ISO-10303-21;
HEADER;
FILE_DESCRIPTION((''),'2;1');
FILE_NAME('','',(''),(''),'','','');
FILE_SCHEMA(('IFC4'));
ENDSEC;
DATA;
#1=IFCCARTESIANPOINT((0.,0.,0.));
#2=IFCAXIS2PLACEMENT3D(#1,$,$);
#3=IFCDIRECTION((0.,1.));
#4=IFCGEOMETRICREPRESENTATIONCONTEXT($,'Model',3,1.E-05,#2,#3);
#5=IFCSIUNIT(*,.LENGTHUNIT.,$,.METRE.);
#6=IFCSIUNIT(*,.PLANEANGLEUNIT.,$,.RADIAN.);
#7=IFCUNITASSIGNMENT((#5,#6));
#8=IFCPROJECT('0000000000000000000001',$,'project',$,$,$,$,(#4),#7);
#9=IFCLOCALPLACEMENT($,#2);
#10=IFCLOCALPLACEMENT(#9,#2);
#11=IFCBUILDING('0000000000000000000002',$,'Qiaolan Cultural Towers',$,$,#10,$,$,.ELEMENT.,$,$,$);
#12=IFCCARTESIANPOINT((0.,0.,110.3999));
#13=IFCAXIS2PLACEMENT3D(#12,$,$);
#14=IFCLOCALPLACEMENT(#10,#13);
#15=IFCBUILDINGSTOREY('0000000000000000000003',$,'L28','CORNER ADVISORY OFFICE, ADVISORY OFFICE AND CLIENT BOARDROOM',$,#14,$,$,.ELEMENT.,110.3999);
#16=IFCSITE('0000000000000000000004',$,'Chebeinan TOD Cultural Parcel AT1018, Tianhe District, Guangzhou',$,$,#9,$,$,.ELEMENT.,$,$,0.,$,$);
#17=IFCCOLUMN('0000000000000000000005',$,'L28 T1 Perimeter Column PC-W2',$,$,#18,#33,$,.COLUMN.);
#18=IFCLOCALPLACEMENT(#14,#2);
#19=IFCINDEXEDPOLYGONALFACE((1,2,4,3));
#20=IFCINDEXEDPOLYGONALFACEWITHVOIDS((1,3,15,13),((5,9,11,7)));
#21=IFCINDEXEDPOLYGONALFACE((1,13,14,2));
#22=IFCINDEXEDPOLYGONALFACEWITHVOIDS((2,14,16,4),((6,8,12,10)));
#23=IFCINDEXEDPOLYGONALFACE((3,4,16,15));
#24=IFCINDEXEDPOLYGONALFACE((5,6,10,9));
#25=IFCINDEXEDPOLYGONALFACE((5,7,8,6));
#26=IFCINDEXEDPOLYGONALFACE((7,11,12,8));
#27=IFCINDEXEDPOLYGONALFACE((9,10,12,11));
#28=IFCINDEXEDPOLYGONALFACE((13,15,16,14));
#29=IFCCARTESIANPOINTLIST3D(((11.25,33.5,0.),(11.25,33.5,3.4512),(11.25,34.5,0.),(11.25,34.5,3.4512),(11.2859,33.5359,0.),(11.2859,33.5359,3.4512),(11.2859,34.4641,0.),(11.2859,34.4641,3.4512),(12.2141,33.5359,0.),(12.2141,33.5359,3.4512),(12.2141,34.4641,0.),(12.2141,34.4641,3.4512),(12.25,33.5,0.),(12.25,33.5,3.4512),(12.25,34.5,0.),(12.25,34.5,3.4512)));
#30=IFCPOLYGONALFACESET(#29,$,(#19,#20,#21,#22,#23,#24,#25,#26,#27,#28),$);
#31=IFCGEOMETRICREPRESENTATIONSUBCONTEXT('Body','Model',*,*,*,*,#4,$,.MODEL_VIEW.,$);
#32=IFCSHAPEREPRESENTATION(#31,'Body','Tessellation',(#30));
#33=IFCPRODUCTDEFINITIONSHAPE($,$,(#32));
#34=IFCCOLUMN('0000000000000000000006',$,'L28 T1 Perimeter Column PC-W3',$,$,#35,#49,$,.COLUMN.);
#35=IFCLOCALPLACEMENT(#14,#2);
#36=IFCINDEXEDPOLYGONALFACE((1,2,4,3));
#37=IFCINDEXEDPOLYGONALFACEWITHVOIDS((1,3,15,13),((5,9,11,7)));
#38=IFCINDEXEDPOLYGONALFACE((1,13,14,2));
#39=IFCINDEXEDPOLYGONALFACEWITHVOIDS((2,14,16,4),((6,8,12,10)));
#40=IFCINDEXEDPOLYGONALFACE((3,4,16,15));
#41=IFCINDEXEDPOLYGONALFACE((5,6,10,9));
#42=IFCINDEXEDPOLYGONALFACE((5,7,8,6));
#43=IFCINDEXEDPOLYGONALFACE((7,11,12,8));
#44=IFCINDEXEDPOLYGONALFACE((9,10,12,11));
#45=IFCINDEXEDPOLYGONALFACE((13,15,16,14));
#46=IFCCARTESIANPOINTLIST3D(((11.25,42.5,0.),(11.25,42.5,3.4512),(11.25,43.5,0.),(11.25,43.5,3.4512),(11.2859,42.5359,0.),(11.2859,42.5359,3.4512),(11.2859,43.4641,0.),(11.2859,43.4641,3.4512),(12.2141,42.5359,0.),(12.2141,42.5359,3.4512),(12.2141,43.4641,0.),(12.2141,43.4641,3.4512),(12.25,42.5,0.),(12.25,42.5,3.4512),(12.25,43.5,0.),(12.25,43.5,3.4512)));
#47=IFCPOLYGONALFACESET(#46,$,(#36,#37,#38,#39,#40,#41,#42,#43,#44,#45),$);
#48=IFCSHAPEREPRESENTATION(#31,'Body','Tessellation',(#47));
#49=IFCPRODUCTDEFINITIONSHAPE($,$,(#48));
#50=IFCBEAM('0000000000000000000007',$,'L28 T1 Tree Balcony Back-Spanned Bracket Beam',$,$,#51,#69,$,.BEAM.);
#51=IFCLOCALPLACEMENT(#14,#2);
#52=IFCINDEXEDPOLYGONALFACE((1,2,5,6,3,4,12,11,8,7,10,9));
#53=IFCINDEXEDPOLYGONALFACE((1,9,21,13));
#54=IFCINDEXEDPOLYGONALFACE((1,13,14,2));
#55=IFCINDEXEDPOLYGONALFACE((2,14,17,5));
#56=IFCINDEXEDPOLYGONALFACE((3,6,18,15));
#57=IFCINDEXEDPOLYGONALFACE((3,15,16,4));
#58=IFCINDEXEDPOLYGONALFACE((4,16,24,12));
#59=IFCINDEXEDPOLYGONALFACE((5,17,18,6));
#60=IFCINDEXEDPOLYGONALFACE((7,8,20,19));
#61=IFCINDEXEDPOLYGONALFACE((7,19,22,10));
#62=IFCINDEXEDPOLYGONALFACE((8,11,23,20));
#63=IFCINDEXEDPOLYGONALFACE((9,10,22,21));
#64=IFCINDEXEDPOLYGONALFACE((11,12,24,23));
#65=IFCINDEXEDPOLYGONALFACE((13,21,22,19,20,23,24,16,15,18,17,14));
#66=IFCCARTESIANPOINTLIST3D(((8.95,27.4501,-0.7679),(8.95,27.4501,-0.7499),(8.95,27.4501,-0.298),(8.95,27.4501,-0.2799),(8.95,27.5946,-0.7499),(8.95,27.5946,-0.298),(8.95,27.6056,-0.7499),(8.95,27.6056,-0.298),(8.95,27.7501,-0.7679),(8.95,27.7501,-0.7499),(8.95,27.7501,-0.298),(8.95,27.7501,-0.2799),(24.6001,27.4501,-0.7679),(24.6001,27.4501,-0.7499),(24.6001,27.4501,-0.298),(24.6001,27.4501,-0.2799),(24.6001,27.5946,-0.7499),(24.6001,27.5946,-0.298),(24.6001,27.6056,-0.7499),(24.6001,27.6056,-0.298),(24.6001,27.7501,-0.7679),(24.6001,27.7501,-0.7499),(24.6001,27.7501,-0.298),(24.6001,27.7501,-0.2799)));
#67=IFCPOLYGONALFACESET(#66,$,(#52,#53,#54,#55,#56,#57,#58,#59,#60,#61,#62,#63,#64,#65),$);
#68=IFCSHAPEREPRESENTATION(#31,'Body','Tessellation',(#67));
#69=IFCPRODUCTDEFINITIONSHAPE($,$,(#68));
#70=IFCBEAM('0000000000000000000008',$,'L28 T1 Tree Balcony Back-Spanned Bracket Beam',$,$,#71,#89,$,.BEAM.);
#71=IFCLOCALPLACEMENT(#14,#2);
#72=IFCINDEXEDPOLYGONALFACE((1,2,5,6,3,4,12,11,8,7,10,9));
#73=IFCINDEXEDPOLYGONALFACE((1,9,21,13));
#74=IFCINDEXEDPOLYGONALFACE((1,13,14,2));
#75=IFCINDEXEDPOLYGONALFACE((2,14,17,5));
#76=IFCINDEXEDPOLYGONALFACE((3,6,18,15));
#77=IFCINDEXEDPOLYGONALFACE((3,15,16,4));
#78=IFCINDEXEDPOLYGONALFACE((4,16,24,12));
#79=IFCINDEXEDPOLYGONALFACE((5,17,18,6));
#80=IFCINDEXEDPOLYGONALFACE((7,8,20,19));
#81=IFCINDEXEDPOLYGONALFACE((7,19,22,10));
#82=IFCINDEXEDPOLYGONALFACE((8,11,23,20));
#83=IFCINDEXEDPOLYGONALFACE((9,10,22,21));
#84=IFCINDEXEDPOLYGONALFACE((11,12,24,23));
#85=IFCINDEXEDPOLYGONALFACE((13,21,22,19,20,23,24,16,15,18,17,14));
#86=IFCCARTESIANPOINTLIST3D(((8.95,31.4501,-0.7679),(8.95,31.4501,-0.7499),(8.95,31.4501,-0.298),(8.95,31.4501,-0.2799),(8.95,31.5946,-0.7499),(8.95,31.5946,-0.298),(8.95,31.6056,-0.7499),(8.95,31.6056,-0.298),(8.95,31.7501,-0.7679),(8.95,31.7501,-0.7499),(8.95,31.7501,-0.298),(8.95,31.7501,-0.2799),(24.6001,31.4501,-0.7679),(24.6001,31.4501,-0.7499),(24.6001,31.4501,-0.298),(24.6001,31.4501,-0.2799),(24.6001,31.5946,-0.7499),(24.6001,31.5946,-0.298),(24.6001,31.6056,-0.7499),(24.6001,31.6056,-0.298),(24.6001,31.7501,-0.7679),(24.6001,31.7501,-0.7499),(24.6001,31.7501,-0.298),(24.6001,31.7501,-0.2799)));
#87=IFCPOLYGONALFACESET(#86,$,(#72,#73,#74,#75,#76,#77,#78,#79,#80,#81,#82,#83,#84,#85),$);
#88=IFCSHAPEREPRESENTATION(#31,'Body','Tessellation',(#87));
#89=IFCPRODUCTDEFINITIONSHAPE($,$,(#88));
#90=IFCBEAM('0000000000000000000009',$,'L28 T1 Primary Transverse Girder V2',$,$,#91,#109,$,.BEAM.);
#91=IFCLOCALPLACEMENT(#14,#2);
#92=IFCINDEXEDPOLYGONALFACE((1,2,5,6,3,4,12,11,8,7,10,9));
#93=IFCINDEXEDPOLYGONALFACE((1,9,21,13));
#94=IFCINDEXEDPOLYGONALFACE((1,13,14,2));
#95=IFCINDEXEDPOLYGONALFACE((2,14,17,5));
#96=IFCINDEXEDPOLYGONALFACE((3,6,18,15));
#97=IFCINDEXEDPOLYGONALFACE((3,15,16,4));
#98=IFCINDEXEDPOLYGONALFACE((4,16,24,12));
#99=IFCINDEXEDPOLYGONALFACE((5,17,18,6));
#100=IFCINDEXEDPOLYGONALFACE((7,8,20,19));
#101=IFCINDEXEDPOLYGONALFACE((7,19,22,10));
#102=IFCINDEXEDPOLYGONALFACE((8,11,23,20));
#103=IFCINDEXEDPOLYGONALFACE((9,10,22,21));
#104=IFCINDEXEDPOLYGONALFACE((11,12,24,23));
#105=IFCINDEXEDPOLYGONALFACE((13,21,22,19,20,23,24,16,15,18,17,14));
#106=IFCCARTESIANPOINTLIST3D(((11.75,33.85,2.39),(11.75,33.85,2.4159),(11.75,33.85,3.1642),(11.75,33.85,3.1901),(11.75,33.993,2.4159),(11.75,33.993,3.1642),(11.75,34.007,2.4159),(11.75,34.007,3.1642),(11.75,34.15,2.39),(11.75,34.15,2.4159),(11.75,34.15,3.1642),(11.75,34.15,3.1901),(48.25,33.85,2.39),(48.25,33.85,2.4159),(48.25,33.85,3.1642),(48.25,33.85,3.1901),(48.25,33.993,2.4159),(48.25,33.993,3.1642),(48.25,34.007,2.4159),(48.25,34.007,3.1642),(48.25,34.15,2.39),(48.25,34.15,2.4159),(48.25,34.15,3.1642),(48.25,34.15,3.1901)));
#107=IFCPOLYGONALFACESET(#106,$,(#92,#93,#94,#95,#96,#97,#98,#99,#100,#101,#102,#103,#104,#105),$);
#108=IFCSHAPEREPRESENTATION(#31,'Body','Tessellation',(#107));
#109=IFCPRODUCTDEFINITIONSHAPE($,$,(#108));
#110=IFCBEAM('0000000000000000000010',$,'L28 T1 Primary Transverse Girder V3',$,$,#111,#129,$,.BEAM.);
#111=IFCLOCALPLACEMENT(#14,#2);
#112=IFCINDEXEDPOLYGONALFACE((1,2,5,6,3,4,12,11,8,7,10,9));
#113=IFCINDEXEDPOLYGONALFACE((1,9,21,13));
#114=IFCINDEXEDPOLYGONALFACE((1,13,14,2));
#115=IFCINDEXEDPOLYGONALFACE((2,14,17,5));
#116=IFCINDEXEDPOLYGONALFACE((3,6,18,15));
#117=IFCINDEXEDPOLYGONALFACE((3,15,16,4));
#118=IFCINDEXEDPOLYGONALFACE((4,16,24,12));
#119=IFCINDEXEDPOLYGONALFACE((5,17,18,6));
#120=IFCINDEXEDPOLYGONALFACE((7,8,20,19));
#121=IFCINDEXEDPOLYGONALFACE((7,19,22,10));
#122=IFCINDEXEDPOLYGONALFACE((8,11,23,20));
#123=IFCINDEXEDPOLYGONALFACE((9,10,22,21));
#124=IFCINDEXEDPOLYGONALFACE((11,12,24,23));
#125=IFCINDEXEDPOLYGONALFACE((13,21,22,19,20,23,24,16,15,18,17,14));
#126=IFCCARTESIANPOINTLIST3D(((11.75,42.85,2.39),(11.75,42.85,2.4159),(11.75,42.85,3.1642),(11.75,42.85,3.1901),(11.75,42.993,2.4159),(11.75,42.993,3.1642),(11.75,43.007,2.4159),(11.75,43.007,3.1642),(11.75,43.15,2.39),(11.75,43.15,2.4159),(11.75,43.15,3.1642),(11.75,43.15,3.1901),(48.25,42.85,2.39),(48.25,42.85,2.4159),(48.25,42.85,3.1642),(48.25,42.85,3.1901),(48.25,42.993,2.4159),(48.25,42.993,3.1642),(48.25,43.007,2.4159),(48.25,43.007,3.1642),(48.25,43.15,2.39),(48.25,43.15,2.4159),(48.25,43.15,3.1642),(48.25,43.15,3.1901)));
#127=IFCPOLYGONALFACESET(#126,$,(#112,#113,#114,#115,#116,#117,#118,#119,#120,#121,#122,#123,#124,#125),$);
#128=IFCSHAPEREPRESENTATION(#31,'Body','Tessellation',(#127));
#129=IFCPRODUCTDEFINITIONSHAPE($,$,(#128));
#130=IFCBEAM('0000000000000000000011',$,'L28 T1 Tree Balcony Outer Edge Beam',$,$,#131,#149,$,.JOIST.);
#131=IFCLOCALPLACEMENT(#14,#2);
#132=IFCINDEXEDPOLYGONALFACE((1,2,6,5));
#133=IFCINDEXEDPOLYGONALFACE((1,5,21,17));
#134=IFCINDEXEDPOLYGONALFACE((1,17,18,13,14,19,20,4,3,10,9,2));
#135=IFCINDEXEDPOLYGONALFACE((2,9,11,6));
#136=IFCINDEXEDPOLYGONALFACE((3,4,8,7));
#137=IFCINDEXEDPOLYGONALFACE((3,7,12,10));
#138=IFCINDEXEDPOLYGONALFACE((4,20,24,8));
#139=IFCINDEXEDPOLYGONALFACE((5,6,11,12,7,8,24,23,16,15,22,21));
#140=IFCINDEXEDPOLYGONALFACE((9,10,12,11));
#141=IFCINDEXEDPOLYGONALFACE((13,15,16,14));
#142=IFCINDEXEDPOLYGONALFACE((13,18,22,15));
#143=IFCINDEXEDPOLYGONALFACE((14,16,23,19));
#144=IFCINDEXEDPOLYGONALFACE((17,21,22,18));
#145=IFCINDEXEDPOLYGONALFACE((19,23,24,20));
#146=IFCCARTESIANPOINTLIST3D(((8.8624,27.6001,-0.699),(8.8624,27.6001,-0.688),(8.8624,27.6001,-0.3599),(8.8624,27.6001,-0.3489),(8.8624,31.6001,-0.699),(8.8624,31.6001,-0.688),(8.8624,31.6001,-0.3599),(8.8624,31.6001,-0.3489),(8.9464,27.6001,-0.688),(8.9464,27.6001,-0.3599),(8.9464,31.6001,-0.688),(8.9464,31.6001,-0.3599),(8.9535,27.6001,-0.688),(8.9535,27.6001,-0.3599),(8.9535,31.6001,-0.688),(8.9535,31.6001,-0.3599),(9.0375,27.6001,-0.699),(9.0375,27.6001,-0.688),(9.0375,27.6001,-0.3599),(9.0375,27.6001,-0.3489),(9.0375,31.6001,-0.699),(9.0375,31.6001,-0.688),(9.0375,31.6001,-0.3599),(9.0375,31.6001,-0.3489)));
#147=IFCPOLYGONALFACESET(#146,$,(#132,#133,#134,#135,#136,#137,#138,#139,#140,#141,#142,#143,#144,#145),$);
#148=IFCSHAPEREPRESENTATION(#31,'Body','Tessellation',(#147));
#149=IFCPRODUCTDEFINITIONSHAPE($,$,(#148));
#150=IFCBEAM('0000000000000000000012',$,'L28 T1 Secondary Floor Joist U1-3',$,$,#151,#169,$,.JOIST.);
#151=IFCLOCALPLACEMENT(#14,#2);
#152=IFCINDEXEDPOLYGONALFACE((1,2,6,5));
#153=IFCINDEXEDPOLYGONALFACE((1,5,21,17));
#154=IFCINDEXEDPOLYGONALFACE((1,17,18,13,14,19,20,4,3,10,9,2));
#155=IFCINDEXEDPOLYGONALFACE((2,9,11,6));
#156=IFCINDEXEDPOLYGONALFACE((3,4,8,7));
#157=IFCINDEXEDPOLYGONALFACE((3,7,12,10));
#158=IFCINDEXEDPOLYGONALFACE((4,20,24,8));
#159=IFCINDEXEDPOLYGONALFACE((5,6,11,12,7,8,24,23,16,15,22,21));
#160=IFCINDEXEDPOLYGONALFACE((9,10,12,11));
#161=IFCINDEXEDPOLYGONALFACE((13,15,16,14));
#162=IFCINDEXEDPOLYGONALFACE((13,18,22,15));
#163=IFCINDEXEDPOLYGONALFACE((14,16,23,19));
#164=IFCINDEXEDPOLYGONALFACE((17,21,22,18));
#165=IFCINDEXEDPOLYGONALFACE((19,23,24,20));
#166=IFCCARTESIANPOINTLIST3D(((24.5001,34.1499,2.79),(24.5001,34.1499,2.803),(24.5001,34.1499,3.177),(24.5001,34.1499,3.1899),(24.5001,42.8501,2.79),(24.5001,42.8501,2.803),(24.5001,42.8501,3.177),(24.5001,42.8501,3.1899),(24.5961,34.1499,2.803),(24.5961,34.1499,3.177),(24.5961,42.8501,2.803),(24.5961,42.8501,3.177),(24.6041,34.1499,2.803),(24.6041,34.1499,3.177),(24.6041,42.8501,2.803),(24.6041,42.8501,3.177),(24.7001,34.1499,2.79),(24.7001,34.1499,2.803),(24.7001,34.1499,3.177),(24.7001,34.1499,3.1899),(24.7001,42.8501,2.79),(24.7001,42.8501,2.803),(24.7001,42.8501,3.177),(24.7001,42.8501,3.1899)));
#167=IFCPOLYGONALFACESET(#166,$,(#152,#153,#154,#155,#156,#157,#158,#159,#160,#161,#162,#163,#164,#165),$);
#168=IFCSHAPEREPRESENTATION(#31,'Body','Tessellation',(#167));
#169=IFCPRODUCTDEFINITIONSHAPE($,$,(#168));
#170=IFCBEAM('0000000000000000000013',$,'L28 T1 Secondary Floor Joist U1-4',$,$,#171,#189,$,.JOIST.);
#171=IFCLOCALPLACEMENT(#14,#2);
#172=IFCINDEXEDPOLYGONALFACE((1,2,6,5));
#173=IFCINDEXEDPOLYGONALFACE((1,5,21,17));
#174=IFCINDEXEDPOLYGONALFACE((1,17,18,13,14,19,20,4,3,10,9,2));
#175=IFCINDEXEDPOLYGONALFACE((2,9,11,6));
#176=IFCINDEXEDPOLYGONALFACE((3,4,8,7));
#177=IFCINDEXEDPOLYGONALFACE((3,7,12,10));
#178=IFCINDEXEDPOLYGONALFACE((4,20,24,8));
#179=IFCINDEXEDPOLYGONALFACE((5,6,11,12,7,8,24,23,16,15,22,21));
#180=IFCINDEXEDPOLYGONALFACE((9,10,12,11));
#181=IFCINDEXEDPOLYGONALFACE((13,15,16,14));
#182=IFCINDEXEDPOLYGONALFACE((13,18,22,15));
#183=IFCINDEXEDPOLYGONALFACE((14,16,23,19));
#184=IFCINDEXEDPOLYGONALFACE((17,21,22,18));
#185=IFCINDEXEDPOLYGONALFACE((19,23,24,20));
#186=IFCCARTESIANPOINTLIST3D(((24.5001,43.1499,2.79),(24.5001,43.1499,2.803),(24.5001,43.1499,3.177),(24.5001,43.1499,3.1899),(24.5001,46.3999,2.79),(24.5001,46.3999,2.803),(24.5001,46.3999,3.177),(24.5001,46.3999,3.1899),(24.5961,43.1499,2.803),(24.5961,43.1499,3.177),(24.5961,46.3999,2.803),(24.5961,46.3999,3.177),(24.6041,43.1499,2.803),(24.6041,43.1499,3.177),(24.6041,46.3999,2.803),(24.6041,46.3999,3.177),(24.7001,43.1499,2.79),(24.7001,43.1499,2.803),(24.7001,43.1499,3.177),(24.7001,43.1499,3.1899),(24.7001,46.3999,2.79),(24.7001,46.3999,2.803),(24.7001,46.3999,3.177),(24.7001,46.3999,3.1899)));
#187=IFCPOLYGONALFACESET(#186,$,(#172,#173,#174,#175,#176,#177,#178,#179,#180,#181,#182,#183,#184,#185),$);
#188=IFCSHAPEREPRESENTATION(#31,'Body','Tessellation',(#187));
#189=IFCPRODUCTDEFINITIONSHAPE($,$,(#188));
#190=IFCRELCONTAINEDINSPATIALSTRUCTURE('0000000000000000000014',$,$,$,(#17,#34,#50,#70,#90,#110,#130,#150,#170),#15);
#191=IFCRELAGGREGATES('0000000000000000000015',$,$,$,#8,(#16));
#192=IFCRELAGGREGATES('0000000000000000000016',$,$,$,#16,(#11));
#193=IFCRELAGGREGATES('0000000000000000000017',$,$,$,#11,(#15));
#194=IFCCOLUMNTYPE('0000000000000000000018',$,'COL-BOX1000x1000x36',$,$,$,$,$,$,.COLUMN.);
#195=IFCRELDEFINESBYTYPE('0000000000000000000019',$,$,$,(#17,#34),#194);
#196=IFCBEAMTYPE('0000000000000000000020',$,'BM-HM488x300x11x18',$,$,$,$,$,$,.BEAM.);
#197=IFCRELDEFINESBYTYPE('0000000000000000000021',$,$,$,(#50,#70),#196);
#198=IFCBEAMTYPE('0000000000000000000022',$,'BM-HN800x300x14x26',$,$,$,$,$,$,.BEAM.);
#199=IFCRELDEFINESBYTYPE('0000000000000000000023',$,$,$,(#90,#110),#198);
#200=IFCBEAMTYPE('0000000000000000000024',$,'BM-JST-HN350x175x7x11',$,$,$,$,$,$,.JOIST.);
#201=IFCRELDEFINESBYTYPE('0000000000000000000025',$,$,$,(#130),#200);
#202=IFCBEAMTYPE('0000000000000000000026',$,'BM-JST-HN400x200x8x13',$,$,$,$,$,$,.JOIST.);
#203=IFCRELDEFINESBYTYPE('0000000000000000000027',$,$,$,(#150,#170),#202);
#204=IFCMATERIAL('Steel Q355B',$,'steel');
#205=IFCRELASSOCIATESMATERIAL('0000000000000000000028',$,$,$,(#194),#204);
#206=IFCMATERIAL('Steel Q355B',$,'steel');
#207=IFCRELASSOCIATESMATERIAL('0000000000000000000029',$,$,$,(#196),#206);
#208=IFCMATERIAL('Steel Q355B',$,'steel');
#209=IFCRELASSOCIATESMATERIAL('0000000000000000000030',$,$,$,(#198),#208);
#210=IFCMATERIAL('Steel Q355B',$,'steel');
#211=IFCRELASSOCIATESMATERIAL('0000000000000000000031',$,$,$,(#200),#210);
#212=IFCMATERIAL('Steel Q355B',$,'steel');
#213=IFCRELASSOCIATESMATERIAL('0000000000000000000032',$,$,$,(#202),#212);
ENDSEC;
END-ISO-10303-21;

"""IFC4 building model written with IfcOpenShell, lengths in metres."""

from ifc_helpers import new_model, si_unit, direction, frame, origin, origin_2d, place, context, subcontext, project, spatial, hollow_rectangle, i_section, extrude, material, material_profile, profile_set, type_object, element, save


model = new_model("IFC4")

# Units and contexts
model_context = context("Model", 3, precision=1e-05, world=origin(), true_north=direction((0.0, 1.0)))
body_context = subcontext(model_context, "Body", "Model", "MODEL_VIEW")
ifc_project = project(units=[si_unit("LENGTHUNIT", "METRE"), si_unit("PLANEANGLEUNIT", "RADIAN")], contexts=[model_context])

# Site, building, storey
site_placement = place(None, origin())
site = spatial("IfcSite", under=ifc_project, at=site_placement, Name="Chebeinan TOD Cultural Parcel AT1018, Tianhe District, Guangzhou", CompositionType="ELEMENT", RefElevation=0.0)
building_placement = place(site_placement, origin())
building = spatial("IfcBuilding", under=site, at=building_placement, Name="Qiaolan Cultural Towers", CompositionType="ELEMENT")
storey_placement = place(building_placement, frame((0.0, 0.0, 110.3999)))
storey = spatial("IfcBuildingStorey", under=building, at=storey_placement, Name="L28", Description="CORNER ADVISORY OFFICE, ADVISORY OFFICE AND CLIENT BOARDROOM", CompositionType="ELEMENT", Elevation=110.3999)

# Columns
ifc_material_1 = material(Name="Steel Q355B", Category="steel")
ifc_material_profile_1 = material_profile(ifc_material_1, hollow_rectangle(XDim=1.0, YDim=1.0, WallThickness=0.0359, at=origin_2d()), Name="BOX1000x1000x36")
ifc_profile_set_1 = profile_set([ifc_material_profile_1], Name="Steel Q355B")
column_type = type_object("IfcColumnType", Name="COL-BOX1000x1000x36", PredefinedType="COLUMN", material=ifc_profile_set_1)
for number, where, z_axis, x_axis, name in (
    (1, (11.75, 34.0, 0.0), (0.0, 0.0, 1.0), (1.0, 0.0, 0.0), "L28 T1 Perimeter Column PC-W2"),
    (2, (11.75, 43.0, 0.0), (0.0, 0.0, 1.0), (1.0, 0.0, 0.0), "L28 T1 Perimeter Column PC-W3"),
):
    element("IfcColumn", number, at=place(storey_placement, frame(where, z_axis=z_axis, x_axis=x_axis)), inside=storey, type_object=column_type, Name=name, PredefinedType="COLUMN", context=body_context, shape_type="SweptSolid", body=[
        extrude(hollow_rectangle(XDim=1.0, YDim=1.0, WallThickness=0.0359, at=origin_2d()), origin(), (0.0, 0.0, 1.0), 3.4512),
    ])

# Beams
ifc_material_2 = material(Name="Steel Q355B", Category="steel")
ifc_material_profile_2 = material_profile(ifc_material_2, i_section(OverallWidth=0.3, OverallDepth=0.488, WebThickness=0.011, FlangeThickness=0.0181, at=origin_2d()), Name="HM488x300x11x18")
ifc_profile_set_2 = profile_set([ifc_material_profile_2], Name="Steel Q355B")
beam_type_1 = type_object("IfcBeamType", Name="BM-HM488x300x11x18", PredefinedType="BEAM", material=ifc_profile_set_2)
for number, where, z_axis, x_axis, name in (
    (3, (24.6001, 27.6001, -0.5239), (-1.0, 0.0, 0.0), (0.0, -1.0, 0.0), "L28 T1 Tree Balcony Back-Spanned Bracket Beam"),
    (4, (24.6001, 31.6001, -0.5239), (-1.0, 0.0, 0.0), (0.0, -1.0, 0.0), "L28 T1 Tree Balcony Back-Spanned Bracket Beam"),
):
    element("IfcBeam", number, at=place(storey_placement, frame(where, z_axis=z_axis, x_axis=x_axis)), inside=storey, type_object=beam_type_1, Name=name, PredefinedType="BEAM", context=body_context, shape_type="SweptSolid", body=[
        extrude(i_section(OverallWidth=0.3, OverallDepth=0.488, WebThickness=0.011, FlangeThickness=0.0181, at=origin_2d()), origin(), (0.0, 0.0, 1.0), 15.6501),
    ])
ifc_material_3 = material(Name="Steel Q355B", Category="steel")
ifc_material_profile_3 = material_profile(ifc_material_3, i_section(OverallWidth=0.3, OverallDepth=0.8, WebThickness=0.0139, FlangeThickness=0.0259, at=origin_2d()), Name="HN800x300x14x26")
ifc_profile_set_3 = profile_set([ifc_material_profile_3], Name="Steel Q355B")
beam_type_2 = type_object("IfcBeamType", Name="BM-HN800x300x14x26", PredefinedType="BEAM", material=ifc_profile_set_3)
for number, where, z_axis, x_axis, name in (
    (5, (11.75, 34.0, 2.79), (1.0, 0.0, 0.0), (0.0, 1.0, 0.0), "L28 T1 Primary Transverse Girder V2"),
    (6, (11.75, 43.0, 2.79), (1.0, 0.0, 0.0), (0.0, 1.0, 0.0), "L28 T1 Primary Transverse Girder V3"),
):
    element("IfcBeam", number, at=place(storey_placement, frame(where, z_axis=z_axis, x_axis=x_axis)), inside=storey, type_object=beam_type_2, Name=name, PredefinedType="BEAM", context=body_context, shape_type="SweptSolid", body=[
        extrude(i_section(OverallWidth=0.3, OverallDepth=0.8, WebThickness=0.0139, FlangeThickness=0.0259, at=origin_2d()), origin(), (0.0, 0.0, 1.0), 36.5),
    ])
ifc_material_4 = material(Name="Steel Q355B", Category="steel")
ifc_material_profile_4 = material_profile(ifc_material_4, i_section(OverallWidth=0.175, OverallDepth=0.3501, WebThickness=0.0071, FlangeThickness=0.011, at=origin_2d()), Name="HN350x175x7x11")
ifc_profile_set_4 = profile_set([ifc_material_profile_4], Name="Steel Q355B")
beam_type_3 = type_object("IfcBeamType", Name="BM-JST-HN350x175x7x11", PredefinedType="JOIST", material=ifc_profile_set_4)
beam_1_placement = place(storey_placement, frame((8.95, 27.6001, -0.5239), z_axis=(0.0, 1.0, 0.0), x_axis=(-1.0, 0.0, 0.0)))
element("IfcBeam", 7, at=beam_1_placement, inside=storey, type_object=beam_type_3, Name="L28 T1 Tree Balcony Outer Edge Beam", PredefinedType="JOIST", context=body_context, shape_type="SweptSolid", body=[
    extrude(i_section(OverallWidth=0.175, OverallDepth=0.3501, WebThickness=0.0071, FlangeThickness=0.011, at=origin_2d()), origin(), (0.0, 0.0, 1.0), 4.0),
])
ifc_material_5 = material(Name="Steel Q355B", Category="steel")
ifc_material_profile_5 = material_profile(ifc_material_5, i_section(OverallWidth=0.2, OverallDepth=0.3999, WebThickness=0.0081, FlangeThickness=0.0129, at=origin_2d()), Name="HN400x200x8x13")
ifc_profile_set_5 = profile_set([ifc_material_profile_5], Name="Steel Q355B")
beam_type_4 = type_object("IfcBeamType", Name="BM-JST-HN400x200x8x13", PredefinedType="JOIST", material=ifc_profile_set_5)
beam_2_placement = place(storey_placement, frame((24.6001, 34.1499, 2.99), z_axis=(0.0, 1.0, 0.0), x_axis=(-1.0, 0.0, 0.0)))
element("IfcBeam", 8, at=beam_2_placement, inside=storey, type_object=beam_type_4, Name="L28 T1 Secondary Floor Joist U1-3", PredefinedType="JOIST", context=body_context, shape_type="SweptSolid", body=[
    extrude(i_section(OverallWidth=0.2, OverallDepth=0.3999, WebThickness=0.0081, FlangeThickness=0.0129, at=origin_2d()), origin(), (0.0, 0.0, 1.0), 8.7002),
])
beam_3_placement = place(storey_placement, frame((24.6001, 43.1499, 2.99), z_axis=(0.0, 1.0, 0.0), x_axis=(-1.0, 0.0, 0.0)))
element("IfcBeam", 9, at=beam_3_placement, inside=storey, type_object=beam_type_4, Name="L28 T1 Secondary Floor Joist U1-4", PredefinedType="JOIST", context=body_context, shape_type="SweptSolid", body=[
    extrude(i_section(OverallWidth=0.2, OverallDepth=0.3999, WebThickness=0.0081, FlangeThickness=0.0129, at=origin_2d()), origin(), (0.0, 0.0, 1.0), 3.25),
])

save(model, "model.ifc")
